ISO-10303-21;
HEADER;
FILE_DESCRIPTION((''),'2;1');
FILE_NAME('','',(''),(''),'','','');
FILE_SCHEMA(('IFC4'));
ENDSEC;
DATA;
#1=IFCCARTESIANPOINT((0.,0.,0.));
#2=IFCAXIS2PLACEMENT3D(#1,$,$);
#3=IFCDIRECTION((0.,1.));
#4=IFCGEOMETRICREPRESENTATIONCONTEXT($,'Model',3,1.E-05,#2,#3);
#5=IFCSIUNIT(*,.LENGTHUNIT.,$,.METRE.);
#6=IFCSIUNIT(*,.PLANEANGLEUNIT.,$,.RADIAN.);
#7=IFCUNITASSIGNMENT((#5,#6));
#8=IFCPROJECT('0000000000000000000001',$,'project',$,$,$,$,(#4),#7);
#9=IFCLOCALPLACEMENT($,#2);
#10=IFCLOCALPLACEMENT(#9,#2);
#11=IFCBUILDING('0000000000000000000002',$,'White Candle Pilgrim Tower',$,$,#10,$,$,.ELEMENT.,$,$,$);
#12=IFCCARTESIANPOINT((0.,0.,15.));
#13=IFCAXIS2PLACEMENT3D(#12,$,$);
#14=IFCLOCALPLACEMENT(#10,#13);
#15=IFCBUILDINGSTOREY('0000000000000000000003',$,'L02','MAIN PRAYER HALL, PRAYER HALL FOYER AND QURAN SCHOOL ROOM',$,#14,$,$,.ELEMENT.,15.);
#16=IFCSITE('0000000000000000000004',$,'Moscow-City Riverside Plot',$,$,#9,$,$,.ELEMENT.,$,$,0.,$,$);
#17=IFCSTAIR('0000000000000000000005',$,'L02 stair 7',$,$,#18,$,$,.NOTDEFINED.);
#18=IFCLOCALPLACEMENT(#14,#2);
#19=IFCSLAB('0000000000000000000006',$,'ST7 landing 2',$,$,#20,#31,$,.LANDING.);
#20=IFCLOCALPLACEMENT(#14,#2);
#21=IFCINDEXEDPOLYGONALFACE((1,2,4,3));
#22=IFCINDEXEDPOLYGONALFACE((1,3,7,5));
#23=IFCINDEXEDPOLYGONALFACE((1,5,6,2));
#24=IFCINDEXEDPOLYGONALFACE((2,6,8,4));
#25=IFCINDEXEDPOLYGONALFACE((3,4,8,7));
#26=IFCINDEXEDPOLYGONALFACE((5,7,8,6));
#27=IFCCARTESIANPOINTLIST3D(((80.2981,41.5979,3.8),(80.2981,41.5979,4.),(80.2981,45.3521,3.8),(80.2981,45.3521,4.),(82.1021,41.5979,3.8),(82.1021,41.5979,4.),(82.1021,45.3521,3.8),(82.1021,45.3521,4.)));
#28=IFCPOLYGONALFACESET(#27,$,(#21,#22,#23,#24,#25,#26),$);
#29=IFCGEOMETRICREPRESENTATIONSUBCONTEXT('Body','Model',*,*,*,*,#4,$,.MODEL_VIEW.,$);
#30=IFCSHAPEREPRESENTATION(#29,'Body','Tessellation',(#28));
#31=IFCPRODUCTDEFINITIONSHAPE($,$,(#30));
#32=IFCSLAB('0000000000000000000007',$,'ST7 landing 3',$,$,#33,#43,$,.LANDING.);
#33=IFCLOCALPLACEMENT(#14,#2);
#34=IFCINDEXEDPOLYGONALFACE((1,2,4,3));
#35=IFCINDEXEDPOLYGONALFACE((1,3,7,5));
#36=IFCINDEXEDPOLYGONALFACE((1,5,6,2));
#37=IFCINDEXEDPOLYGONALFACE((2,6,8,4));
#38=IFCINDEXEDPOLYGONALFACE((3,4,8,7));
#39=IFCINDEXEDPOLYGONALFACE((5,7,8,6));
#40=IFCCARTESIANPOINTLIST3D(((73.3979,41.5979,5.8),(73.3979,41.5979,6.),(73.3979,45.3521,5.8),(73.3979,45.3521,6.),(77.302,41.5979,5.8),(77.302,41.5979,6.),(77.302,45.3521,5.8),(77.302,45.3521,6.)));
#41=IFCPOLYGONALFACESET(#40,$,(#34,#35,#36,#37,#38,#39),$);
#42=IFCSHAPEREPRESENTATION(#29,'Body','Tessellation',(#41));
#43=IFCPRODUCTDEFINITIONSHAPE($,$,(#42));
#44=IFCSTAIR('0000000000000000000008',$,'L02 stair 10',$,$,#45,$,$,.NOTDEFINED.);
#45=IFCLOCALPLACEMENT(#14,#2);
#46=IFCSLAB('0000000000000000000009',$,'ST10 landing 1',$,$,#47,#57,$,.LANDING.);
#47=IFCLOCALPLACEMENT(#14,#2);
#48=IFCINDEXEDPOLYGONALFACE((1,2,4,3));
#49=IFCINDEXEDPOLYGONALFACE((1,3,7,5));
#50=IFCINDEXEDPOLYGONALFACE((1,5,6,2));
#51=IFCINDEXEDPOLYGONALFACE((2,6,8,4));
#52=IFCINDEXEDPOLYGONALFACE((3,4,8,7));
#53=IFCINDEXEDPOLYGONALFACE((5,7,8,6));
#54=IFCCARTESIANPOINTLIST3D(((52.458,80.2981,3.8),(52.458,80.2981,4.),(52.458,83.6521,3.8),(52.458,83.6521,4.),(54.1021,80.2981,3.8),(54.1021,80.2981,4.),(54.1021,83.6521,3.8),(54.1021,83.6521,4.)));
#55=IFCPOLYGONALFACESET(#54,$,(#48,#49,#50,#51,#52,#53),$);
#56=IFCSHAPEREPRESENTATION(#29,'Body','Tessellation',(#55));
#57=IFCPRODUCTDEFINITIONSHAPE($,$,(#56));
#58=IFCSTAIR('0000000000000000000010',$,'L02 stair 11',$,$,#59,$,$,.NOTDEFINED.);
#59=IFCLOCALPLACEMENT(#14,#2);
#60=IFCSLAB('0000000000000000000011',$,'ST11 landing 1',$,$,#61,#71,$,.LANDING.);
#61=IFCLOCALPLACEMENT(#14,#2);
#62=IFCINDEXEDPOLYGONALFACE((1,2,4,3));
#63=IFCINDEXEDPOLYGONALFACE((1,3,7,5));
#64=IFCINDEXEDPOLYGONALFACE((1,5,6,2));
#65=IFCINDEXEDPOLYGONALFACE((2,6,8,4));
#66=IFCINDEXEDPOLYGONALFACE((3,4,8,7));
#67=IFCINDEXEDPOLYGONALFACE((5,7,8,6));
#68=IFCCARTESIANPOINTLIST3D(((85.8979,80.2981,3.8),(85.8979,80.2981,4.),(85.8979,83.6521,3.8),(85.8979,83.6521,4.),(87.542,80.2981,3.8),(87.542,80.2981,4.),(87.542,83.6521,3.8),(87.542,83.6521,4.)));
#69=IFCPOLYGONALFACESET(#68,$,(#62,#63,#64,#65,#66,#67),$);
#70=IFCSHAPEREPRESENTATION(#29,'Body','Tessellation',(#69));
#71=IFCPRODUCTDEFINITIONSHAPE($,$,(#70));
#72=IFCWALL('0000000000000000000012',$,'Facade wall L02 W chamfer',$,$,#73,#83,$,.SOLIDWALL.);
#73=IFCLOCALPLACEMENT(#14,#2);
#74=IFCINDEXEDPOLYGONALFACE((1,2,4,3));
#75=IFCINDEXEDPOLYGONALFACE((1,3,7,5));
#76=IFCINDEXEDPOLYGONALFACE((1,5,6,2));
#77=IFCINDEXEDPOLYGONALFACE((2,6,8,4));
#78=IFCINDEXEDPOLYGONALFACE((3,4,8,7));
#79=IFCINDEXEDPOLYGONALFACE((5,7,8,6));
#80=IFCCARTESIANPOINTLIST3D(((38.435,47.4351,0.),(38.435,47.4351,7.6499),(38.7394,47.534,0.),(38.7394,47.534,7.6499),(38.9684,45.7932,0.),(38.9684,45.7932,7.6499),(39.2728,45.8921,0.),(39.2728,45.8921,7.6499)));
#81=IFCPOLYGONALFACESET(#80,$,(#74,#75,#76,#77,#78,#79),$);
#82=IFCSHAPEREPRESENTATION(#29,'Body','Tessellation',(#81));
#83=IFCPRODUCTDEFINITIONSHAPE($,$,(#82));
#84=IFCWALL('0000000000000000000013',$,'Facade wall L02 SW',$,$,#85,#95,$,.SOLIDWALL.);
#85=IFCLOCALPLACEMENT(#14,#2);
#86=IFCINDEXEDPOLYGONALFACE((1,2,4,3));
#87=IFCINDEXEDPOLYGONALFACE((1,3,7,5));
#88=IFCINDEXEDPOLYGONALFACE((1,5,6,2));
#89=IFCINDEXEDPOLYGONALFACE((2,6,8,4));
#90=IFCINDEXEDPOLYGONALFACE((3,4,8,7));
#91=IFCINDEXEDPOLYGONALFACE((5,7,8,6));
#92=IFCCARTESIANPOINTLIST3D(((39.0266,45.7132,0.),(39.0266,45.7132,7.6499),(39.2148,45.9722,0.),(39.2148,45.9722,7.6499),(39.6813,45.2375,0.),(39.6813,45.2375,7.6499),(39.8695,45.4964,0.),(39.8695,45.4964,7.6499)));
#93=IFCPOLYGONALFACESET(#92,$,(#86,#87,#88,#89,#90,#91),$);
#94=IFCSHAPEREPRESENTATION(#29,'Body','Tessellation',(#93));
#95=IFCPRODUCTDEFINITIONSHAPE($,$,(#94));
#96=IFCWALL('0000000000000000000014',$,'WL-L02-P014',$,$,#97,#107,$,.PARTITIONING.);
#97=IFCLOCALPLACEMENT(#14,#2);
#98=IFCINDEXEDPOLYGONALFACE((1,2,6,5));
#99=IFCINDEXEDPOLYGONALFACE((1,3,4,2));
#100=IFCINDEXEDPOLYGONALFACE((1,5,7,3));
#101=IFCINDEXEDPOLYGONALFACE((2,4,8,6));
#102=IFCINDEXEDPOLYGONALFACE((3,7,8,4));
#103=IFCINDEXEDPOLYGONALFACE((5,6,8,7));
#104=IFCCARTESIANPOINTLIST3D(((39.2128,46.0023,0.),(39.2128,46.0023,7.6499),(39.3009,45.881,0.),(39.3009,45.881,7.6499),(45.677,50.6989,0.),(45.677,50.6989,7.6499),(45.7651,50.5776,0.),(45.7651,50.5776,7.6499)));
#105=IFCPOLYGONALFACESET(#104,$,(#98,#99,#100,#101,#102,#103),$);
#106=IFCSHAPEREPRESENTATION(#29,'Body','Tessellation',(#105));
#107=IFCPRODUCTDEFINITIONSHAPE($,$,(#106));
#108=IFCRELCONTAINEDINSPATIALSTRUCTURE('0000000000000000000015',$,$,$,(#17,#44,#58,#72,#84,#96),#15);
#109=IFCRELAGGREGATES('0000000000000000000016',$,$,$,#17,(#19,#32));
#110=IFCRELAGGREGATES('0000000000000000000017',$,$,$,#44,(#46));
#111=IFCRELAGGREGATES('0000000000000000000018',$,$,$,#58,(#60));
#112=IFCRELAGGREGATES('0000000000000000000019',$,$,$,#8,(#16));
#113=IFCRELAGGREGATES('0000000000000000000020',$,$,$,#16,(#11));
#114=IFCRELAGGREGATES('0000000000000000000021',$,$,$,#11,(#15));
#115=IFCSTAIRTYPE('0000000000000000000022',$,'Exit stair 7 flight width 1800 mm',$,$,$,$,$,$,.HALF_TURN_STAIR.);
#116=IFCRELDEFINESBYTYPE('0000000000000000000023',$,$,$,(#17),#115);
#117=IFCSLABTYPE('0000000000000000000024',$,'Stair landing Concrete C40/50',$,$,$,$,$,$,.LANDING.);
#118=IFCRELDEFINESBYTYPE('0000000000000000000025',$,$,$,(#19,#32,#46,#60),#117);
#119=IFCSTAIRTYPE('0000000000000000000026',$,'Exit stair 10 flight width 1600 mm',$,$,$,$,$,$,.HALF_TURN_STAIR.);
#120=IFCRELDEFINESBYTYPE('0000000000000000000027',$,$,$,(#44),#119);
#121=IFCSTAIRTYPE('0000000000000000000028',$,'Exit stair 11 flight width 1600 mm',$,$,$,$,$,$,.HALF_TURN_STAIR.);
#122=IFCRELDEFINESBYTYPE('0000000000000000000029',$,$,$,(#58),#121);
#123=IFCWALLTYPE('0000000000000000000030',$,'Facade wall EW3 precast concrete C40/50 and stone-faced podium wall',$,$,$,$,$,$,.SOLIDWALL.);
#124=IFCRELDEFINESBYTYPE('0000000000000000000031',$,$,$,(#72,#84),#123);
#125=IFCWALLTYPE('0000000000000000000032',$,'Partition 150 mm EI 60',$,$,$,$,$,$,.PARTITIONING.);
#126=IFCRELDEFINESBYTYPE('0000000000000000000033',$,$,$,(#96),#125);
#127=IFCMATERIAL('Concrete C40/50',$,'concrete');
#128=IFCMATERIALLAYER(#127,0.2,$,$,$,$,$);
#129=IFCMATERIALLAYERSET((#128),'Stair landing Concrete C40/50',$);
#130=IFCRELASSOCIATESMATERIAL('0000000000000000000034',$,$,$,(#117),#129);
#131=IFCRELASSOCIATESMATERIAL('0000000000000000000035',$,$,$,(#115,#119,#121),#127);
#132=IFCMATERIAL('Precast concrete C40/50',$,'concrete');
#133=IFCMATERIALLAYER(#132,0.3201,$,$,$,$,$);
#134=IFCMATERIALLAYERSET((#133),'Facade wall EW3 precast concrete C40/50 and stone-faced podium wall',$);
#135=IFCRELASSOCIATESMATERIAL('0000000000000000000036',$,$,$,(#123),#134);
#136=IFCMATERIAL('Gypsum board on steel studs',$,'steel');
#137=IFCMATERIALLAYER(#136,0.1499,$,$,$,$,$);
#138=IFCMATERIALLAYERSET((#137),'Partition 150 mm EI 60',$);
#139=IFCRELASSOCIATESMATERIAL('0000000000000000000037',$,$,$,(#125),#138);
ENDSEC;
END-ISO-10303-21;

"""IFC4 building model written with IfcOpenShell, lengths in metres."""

from ifc_helpers import new_model, si_unit, direction, frame, frame_2d, origin, place, context, subcontext, project, spatial, polyline, rectangle, outline, extrude, material, layer, layer_set, type_object, element, aggregate, save


model = new_model("IFC4")

# Units and contexts
model_context = context("Model", 3, precision=1e-05, world=origin(), true_north=direction((0.0, 1.0)))
body_context = subcontext(model_context, "Body", "Model", "MODEL_VIEW")
ifc_project = project(units=[si_unit("LENGTHUNIT", "METRE"), si_unit("PLANEANGLEUNIT", "RADIAN")], contexts=[model_context])

# Site, building, storey
site_placement = place(None, origin())
site = spatial("IfcSite", under=ifc_project, at=site_placement, Name="Moscow-City Riverside Plot", CompositionType="ELEMENT", RefElevation=0.0)
building_placement = place(site_placement, origin())
building = spatial("IfcBuilding", under=site, at=building_placement, Name="White Candle Pilgrim Tower", CompositionType="ELEMENT")
storey_placement = place(building_placement, frame((0.0, 0.0, 15.0)))
storey = spatial("IfcBuildingStorey", under=building, at=storey_placement, Name="L02", Description="MAIN PRAYER HALL, PRAYER HALL FOYER AND QURAN SCHOOL ROOM", CompositionType="ELEMENT", Elevation=15.0)

# Shared definitions
ifc_material_1 = material(Name="Concrete C40/50", Category="concrete")

# Shared definitions
ifc_layer_1 = layer(ifc_material_1, 0.2)
ifc_layer_set_1 = layer_set([ifc_layer_1], Name="Stair landing Concrete C40/50")
slab_type_1 = type_object("IfcSlabType", Name="Stair landing Concrete C40/50", PredefinedType="LANDING", material=ifc_layer_set_1)

# Stair, slabs
stair_type_1 = type_object("IfcStairType", Name="Exit stair 7 flight width 1800 mm", PredefinedType="HALF_TURN_STAIR", material=ifc_material_1)
stair_1_placement = place(storey_placement, origin())
stair_1 = element("IfcStair", 1, at=stair_1_placement, inside=storey, type_object=stair_type_1, Name="L02 stair 7", PredefinedType="NOTDEFINED")
slab_1_placement = place(storey_placement, frame((0.0, 0.0, 3.8)))
slab_1 = element("IfcSlab", 2, at=slab_1_placement, type_object=slab_type_1, Name="ST7 landing 2", PredefinedType="LANDING", context=body_context, shape_type="SweptSolid", body=[
    extrude(outline(polyline([(82.1021, 45.3521), (82.1021, 41.5979), (80.2981, 41.5979), (80.2981, 45.3521), (82.1021, 45.3521)])), origin(), (0.0, 0.0, 1.0), 0.2),
])
slab_2_placement = place(storey_placement, frame((0.0, 0.0, 5.8)))
slab_2 = element("IfcSlab", 3, at=slab_2_placement, type_object=slab_type_1, Name="ST7 landing 3", PredefinedType="LANDING", context=body_context, shape_type="SweptSolid", body=[
    extrude(outline(polyline([(77.302, 45.3521), (77.302, 41.5979), (73.3979, 41.5979), (73.3979, 45.3521), (77.302, 45.3521)])), origin(), (0.0, 0.0, 1.0), 0.2),
])
aggregate(stair_1, [slab_1, slab_2])

# Stairs, slabs
stair_type_2 = type_object("IfcStairType", Name="Exit stair 10 flight width 1600 mm", PredefinedType="HALF_TURN_STAIR", material=ifc_material_1)
stair_2_placement = place(storey_placement, origin())
stair_2 = element("IfcStair", 4, at=stair_2_placement, inside=storey, type_object=stair_type_2, Name="L02 stair 10", PredefinedType="NOTDEFINED")
slab_3_placement = place(storey_placement, frame((0.0, 0.0, 3.8)))
slab_3 = element("IfcSlab", 5, at=slab_3_placement, type_object=slab_type_1, Name="ST10 landing 1", PredefinedType="LANDING", context=body_context, shape_type="SweptSolid", body=[
    extrude(outline(polyline([(52.458, 80.2981), (52.458, 83.6521), (54.1021, 83.6521), (54.1021, 80.2981), (52.458, 80.2981)])), origin(), (0.0, 0.0, 1.0), 0.2),
])
aggregate(stair_2, [slab_3])
stair_type_3 = type_object("IfcStairType", Name="Exit stair 11 flight width 1600 mm", PredefinedType="HALF_TURN_STAIR", material=ifc_material_1)
stair_3_placement = place(storey_placement, origin())
stair_3 = element("IfcStair", 6, at=stair_3_placement, inside=storey, type_object=stair_type_3, Name="L02 stair 11", PredefinedType="NOTDEFINED")
slab_4_placement = place(storey_placement, frame((0.0, 0.0, 3.8)))
slab_4 = element("IfcSlab", 7, at=slab_4_placement, type_object=slab_type_1, Name="ST11 landing 1", PredefinedType="LANDING", context=body_context, shape_type="SweptSolid", body=[
    extrude(outline(polyline([(87.542, 83.6521), (87.542, 80.2981), (85.8979, 80.2981), (85.8979, 83.6521), (87.542, 83.6521)])), origin(), (0.0, 0.0, 1.0), 0.2),
])
aggregate(stair_3, [slab_4])

# Walls
ifc_material_2 = material(Name="Precast concrete C40/50", Category="concrete")
ifc_layer_2 = layer(ifc_material_2, 0.3201)
ifc_layer_set_2 = layer_set([ifc_layer_2], Name="Facade wall EW3 precast concrete C40/50 and stone-faced podium wall")
wall_type_1 = type_object("IfcWallType", Name="Facade wall EW3 precast concrete C40/50 and stone-faced podium wall", PredefinedType="SOLIDWALL", material=ifc_layer_set_2)
wall_1_placement = place(storey_placement, frame((38.5872, 47.4846, 0.0), z_axis=(0.0, 0.0, 1.0), x_axis=(0.309006, -0.95106, 0.0)))
element("IfcWall", 8, at=wall_1_placement, inside=storey, type_object=wall_type_1, Name="Facade wall L02 W chamfer", PredefinedType="SOLIDWALL", context=body_context, shape_type="SweptSolid", body=[
    extrude(rectangle(XDim=1.7263, YDim=0.3201, at=frame_2d((0.8633, 0.0))), origin(), (0.0, 0.0, 1.0), 7.6499),
])
wall_2_placement = place(storey_placement, frame((39.1206, 45.8428, 0.0), z_axis=(0.0, 0.0, 1.0), x_axis=(0.808958, -0.587867, 0.0)))
element("IfcWall", 9, at=wall_2_placement, inside=storey, type_object=wall_type_1, Name="Facade wall L02 SW", PredefinedType="SOLIDWALL", context=body_context, shape_type="SweptSolid", body=[
    extrude(rectangle(XDim=0.8093, YDim=0.3201, at=frame_2d((0.4048, 0.0))), origin(), (0.0, 0.0, 1.0), 7.6499),
])
ifc_material_3 = material(Name="Gypsum board on steel studs", Category="steel")
ifc_layer_3 = layer(ifc_material_3, 0.1499)
ifc_layer_set_3 = layer_set([ifc_layer_3], Name="Partition 150 mm EI 60")
wall_type_2 = type_object("IfcWallType", Name="Partition 150 mm EI 60", PredefinedType="PARTITIONING", material=ifc_layer_set_3)
wall_3_placement = place(storey_placement, frame((39.2568, 45.9417, 0.0), z_axis=(0.0, 0.0, 1.0), x_axis=(0.809012, 0.587792, 0.0)))
element("IfcWall", 10, at=wall_3_placement, inside=storey, type_object=wall_type_2, Name="WL-L02-P014", PredefinedType="PARTITIONING", context=body_context, shape_type="SweptSolid", body=[
    extrude(rectangle(XDim=7.9902, YDim=0.1499, at=frame_2d((3.9951, 0.0))), origin(), (0.0, 0.0, 1.0), 7.6499),
])

save(model, "model.ifc")
